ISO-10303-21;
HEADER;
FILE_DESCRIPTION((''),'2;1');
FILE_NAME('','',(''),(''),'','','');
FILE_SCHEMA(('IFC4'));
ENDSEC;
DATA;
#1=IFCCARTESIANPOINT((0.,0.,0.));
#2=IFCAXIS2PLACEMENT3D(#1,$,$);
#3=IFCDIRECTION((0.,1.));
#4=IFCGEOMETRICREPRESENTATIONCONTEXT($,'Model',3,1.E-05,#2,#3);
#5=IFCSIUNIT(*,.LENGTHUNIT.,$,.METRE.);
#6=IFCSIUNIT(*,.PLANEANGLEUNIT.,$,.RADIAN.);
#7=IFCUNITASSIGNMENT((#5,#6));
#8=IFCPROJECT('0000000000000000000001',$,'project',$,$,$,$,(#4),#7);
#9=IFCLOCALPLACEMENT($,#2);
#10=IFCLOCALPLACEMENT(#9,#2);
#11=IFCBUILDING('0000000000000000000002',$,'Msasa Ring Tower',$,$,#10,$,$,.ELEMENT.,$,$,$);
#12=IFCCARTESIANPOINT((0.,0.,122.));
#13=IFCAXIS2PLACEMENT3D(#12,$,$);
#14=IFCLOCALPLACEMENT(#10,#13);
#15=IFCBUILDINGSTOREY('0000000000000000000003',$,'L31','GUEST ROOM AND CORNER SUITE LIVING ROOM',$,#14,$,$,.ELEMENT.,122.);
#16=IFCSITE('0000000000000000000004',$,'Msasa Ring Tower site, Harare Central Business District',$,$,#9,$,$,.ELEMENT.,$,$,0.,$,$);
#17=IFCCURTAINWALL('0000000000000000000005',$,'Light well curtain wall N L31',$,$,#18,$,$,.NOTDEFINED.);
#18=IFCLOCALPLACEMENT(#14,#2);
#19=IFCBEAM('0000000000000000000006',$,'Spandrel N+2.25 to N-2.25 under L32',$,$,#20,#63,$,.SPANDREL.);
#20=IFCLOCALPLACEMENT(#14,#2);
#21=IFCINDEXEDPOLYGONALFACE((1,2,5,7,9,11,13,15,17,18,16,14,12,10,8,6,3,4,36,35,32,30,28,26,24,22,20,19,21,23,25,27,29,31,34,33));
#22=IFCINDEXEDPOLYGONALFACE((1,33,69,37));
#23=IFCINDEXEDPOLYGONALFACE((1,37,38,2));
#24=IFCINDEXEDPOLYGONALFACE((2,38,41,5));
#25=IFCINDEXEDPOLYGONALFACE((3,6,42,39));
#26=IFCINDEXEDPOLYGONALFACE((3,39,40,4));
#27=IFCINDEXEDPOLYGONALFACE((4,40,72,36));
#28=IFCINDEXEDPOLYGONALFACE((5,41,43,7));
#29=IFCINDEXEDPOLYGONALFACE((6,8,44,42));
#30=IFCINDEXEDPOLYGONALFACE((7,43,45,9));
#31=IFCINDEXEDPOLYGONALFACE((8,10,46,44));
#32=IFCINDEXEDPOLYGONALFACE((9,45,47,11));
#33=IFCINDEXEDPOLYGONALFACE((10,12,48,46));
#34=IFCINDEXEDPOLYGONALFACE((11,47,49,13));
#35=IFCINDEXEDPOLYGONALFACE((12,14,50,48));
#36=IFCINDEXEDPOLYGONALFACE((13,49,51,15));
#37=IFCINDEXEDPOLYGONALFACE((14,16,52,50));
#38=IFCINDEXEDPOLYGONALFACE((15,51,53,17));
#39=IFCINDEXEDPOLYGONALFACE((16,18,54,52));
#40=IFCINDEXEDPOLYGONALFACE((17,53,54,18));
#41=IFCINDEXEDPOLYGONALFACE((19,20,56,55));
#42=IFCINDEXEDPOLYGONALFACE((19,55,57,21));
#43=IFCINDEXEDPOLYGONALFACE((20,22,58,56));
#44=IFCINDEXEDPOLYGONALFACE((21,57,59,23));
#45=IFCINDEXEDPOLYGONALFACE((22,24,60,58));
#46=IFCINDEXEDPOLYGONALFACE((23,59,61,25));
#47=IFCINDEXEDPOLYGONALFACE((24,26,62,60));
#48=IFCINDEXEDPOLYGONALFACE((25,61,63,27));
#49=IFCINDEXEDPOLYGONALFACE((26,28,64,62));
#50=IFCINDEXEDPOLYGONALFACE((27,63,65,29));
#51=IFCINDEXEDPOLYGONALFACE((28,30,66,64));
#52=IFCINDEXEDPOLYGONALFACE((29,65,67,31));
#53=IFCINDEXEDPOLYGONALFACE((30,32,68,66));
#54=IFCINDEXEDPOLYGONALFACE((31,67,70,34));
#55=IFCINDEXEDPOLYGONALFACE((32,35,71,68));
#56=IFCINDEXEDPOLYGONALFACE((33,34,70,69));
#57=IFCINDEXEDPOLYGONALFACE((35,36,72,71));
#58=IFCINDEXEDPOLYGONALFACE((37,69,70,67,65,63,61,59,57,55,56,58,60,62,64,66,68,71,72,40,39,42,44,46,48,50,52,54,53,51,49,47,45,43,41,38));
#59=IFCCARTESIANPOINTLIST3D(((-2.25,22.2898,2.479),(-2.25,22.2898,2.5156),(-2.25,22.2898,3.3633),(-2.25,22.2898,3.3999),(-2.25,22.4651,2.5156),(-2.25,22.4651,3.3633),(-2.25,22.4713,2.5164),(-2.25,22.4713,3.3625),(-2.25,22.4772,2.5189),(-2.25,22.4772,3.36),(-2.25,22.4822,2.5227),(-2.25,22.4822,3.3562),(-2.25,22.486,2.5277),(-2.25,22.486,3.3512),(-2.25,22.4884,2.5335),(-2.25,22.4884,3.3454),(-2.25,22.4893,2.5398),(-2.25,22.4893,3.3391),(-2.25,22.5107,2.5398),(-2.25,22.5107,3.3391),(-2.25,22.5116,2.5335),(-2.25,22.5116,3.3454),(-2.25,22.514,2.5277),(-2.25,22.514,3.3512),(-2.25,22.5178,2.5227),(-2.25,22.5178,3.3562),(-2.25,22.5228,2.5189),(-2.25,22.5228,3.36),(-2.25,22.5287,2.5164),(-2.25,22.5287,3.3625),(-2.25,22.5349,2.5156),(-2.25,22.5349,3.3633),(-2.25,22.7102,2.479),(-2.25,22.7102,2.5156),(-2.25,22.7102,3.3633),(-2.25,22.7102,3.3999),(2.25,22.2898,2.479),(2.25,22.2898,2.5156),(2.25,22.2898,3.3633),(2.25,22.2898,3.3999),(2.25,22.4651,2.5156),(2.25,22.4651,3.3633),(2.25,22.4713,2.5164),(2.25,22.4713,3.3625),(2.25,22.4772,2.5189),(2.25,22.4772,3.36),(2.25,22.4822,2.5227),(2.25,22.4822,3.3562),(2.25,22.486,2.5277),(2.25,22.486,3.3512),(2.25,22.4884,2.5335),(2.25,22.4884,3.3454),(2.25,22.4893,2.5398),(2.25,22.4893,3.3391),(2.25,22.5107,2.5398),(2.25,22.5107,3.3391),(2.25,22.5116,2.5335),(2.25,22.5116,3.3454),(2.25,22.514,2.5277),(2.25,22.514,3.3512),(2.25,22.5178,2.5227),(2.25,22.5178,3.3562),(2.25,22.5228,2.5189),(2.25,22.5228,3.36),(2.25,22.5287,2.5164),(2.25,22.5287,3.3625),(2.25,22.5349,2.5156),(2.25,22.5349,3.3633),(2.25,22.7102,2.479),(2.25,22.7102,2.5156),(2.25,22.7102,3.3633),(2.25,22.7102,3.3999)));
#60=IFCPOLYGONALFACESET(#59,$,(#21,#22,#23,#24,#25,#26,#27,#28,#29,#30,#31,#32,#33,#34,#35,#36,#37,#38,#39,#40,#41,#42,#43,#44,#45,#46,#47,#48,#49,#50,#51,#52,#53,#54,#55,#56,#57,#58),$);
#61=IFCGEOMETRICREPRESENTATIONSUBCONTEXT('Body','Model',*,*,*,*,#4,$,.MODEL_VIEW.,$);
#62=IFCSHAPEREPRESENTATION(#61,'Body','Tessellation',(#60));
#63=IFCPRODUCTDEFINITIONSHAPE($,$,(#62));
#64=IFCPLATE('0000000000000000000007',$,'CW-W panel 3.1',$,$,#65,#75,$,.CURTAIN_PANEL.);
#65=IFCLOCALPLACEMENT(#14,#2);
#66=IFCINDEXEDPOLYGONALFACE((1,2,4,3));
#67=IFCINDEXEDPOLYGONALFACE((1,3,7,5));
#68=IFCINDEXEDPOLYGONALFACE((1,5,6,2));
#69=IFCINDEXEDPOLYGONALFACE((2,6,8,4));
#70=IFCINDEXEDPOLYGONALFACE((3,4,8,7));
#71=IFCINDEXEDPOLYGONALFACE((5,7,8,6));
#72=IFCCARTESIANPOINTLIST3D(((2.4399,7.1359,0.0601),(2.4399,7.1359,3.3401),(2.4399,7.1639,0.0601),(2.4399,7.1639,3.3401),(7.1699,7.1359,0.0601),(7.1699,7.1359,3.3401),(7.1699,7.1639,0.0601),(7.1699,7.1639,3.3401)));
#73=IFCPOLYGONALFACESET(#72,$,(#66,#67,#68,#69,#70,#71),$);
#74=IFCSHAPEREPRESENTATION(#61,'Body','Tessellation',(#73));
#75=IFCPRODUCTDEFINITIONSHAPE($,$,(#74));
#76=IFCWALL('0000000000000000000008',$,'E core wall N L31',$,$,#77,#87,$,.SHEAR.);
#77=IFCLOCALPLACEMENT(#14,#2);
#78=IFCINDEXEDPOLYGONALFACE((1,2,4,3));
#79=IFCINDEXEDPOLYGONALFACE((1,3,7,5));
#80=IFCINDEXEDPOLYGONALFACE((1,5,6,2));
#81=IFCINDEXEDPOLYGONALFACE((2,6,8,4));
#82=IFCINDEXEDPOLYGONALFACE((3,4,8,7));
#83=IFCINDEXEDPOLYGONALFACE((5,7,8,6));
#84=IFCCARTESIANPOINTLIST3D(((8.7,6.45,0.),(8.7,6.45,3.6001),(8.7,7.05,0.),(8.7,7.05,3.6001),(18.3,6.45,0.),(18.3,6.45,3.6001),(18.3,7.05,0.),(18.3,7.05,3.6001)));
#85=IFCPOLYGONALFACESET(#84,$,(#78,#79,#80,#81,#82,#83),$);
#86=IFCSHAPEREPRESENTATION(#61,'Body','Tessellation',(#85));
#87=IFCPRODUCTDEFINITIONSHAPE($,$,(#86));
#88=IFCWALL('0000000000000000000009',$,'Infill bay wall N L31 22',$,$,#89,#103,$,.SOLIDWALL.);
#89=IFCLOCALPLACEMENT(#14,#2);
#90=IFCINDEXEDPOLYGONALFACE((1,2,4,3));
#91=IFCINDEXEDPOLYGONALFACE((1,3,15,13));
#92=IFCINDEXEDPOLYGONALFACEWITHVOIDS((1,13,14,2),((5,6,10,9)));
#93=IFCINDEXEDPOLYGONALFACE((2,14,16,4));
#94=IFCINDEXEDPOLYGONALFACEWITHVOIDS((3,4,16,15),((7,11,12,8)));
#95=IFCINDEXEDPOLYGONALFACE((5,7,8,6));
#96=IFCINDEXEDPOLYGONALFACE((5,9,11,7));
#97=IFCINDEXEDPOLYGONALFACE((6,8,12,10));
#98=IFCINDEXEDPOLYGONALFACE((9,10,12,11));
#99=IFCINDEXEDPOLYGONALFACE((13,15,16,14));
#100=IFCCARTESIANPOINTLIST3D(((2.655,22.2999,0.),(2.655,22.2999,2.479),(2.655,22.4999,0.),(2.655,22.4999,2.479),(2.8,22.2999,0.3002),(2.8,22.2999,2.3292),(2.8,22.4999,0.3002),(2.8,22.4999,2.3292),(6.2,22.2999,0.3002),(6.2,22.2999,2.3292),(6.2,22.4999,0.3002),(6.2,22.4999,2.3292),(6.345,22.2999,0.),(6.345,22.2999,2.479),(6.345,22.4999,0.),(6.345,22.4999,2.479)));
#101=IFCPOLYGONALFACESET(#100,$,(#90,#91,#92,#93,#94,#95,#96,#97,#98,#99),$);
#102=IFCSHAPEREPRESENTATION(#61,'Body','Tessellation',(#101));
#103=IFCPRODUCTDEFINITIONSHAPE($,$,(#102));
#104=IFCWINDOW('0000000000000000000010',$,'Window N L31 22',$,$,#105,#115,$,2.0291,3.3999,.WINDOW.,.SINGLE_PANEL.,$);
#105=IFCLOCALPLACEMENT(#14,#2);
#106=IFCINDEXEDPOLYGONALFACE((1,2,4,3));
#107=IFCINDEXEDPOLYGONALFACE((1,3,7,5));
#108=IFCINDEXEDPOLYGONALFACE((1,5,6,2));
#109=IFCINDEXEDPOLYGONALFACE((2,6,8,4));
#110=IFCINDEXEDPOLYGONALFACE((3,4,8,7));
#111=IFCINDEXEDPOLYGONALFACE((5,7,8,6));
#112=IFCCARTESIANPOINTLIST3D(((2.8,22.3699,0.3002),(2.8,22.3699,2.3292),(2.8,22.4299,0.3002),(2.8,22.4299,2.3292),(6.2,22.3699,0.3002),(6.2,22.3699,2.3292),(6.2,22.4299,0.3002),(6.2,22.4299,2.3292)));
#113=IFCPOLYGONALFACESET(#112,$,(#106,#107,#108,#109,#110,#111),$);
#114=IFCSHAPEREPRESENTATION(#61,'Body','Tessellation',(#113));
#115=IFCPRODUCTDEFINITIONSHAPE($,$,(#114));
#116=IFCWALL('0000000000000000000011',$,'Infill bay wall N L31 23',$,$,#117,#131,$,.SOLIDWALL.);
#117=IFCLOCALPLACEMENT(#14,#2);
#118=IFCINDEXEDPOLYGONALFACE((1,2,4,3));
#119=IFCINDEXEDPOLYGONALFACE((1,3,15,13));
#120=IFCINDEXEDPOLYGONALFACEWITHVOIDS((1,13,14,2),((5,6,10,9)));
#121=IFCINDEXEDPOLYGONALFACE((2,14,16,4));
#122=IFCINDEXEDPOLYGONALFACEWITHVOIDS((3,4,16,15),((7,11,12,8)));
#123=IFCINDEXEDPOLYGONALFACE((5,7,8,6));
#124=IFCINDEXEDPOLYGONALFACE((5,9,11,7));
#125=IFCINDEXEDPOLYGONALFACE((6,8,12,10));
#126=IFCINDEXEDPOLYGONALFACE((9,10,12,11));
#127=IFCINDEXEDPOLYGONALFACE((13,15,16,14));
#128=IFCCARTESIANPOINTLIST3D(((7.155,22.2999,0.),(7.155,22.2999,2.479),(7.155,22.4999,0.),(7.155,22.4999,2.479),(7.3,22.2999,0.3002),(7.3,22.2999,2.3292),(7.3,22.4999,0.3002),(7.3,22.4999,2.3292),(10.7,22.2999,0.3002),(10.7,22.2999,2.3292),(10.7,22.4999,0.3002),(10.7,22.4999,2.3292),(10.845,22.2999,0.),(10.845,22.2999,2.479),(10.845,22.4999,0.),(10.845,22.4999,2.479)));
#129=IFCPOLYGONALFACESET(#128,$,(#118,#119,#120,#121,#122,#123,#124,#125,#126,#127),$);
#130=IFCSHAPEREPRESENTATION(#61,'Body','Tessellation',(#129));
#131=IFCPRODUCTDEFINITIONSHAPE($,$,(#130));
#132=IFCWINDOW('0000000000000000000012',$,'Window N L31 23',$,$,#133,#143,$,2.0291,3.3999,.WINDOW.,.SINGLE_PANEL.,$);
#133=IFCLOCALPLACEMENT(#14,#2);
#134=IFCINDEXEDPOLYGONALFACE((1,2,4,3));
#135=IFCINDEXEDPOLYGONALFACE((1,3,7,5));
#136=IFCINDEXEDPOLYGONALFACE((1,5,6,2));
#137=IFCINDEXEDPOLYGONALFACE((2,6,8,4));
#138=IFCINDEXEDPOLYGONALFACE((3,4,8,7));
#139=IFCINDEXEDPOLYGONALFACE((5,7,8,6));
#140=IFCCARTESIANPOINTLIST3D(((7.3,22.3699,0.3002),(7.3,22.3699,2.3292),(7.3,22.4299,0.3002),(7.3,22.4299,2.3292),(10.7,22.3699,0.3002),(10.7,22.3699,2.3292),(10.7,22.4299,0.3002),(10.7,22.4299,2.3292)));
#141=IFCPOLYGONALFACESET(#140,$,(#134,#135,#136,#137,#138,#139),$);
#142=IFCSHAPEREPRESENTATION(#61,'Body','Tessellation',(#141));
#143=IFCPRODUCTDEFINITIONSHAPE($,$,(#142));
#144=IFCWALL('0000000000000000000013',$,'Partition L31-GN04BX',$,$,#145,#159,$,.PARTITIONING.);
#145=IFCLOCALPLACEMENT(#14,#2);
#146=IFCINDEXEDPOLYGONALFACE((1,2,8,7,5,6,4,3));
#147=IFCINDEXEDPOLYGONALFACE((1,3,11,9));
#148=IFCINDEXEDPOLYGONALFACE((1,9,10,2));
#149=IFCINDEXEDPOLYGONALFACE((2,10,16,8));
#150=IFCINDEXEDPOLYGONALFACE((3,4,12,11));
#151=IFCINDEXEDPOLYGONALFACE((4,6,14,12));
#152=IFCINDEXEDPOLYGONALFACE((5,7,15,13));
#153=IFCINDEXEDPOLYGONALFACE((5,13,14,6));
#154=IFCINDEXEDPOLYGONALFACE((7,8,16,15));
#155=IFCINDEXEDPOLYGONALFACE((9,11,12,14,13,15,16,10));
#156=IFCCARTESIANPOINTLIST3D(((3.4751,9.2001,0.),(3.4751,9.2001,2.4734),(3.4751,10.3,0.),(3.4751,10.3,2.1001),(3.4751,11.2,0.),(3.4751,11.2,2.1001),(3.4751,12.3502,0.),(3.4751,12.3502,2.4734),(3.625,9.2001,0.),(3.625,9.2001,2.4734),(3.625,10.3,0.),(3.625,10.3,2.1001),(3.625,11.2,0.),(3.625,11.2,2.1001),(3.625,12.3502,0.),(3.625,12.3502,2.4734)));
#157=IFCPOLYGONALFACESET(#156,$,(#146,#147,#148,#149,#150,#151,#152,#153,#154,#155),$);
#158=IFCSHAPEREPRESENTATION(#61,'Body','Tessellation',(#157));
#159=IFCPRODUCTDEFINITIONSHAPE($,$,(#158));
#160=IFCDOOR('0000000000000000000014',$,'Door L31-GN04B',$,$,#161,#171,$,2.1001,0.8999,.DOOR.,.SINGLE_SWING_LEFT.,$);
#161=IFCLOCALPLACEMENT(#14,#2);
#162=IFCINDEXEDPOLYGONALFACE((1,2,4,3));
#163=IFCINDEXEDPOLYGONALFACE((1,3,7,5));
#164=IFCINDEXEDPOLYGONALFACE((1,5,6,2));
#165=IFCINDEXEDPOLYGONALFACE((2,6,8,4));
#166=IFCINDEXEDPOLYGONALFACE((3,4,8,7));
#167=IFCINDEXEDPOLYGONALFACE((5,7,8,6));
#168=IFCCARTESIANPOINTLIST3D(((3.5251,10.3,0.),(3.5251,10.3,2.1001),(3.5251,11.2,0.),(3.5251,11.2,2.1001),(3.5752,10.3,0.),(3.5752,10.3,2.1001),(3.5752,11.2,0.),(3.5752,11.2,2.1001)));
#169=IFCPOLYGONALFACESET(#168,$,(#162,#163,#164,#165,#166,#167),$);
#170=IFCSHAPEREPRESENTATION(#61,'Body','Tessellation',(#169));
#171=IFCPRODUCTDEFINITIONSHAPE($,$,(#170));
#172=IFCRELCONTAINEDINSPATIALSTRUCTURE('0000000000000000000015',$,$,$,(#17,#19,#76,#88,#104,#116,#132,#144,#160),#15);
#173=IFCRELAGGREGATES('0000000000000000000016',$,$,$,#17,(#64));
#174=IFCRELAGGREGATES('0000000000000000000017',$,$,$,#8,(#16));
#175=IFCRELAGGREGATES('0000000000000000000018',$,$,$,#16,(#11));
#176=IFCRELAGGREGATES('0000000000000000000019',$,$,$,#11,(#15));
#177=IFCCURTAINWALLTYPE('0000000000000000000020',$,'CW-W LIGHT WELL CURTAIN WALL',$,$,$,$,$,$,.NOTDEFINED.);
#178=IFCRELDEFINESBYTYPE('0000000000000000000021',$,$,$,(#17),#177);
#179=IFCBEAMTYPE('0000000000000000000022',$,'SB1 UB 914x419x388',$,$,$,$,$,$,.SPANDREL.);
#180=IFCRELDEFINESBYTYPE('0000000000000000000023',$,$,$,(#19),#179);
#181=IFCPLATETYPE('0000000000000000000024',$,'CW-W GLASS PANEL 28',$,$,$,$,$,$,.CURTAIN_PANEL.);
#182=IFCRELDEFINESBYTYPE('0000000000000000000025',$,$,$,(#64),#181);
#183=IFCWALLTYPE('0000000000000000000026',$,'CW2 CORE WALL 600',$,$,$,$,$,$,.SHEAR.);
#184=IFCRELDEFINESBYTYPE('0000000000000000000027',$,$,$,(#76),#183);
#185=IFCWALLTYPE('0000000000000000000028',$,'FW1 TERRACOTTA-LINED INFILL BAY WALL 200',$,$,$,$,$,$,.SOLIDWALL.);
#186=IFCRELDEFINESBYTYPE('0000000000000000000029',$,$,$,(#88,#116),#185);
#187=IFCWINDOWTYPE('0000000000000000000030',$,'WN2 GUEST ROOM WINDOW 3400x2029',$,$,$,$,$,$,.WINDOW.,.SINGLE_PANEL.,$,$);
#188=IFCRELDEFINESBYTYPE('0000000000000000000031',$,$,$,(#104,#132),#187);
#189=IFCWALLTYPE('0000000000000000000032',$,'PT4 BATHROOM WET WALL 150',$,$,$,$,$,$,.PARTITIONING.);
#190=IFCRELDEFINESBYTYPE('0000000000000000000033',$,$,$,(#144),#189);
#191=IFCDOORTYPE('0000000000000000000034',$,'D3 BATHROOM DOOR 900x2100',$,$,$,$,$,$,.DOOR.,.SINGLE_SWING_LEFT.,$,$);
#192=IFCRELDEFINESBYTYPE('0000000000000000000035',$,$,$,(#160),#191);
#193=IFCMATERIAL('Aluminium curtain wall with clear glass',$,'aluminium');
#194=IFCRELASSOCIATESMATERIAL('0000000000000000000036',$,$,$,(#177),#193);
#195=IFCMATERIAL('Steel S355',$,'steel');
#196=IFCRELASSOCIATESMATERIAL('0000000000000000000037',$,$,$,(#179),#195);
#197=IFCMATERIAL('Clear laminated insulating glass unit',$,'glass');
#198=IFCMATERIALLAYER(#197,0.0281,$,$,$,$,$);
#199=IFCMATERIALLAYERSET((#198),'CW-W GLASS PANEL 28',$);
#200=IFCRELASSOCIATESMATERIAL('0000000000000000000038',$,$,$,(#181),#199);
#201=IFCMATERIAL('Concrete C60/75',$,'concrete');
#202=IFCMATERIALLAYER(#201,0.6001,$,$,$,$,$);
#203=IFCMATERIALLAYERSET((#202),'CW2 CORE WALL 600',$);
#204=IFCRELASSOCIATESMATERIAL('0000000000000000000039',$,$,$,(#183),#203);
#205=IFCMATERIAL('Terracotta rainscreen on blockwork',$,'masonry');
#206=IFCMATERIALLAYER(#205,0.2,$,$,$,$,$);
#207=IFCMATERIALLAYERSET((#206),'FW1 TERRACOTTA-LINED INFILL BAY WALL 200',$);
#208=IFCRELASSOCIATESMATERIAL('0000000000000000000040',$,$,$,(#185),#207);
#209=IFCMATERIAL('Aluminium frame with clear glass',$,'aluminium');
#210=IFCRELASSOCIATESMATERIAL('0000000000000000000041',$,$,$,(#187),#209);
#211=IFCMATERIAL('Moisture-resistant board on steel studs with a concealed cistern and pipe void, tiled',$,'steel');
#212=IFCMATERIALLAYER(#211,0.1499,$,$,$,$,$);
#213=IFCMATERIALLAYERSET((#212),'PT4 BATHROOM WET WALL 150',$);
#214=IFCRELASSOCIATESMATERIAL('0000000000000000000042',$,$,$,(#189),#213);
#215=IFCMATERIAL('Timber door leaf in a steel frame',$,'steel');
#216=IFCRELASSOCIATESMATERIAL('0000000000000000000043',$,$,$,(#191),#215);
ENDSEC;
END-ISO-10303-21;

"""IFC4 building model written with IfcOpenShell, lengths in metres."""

from ifc_helpers import new_model, si_unit, direction, frame, frame_2d, origin, origin_2d, place, context, subcontext, project, spatial, rectangle, i_section, extrude, material, layer, layer_set, material_profile, profile_set, type_object, element, fill, aggregate, save


model = new_model("IFC4")

# Units and contexts
model_context = context("Model", 3, precision=1e-05, world=origin(), true_north=direction((0.0, 1.0)))
body_context = subcontext(model_context, "Body", "Model", "MODEL_VIEW")
ifc_project = project(units=[si_unit("LENGTHUNIT", "METRE"), si_unit("PLANEANGLEUNIT", "RADIAN")], contexts=[model_context])

# Site, building, storey
site_placement = place(None, origin())
site = spatial("IfcSite", under=ifc_project, at=site_placement, Name="Msasa Ring Tower site, Harare Central Business District", CompositionType="ELEMENT", RefElevation=0.0)
building_placement = place(site_placement, origin())
building = spatial("IfcBuilding", under=site, at=building_placement, Name="Msasa Ring Tower", CompositionType="ELEMENT")
storey_placement = place(building_placement, frame((0.0, 0.0, 122.0)))
storey = spatial("IfcBuildingStorey", under=building, at=storey_placement, Name="L31", Description="GUEST ROOM AND CORNER SUITE LIVING ROOM", CompositionType="ELEMENT", Elevation=122.0)

# Curtain wall
ifc_material_1 = material(Name="Aluminium curtain wall with clear glass", Category="aluminium")
curtain_wall_type = type_object("IfcCurtainWallType", Name="CW-W LIGHT WELL CURTAIN WALL", PredefinedType="NOTDEFINED", material=ifc_material_1)
curtain_wall_1_placement = place(storey_placement, origin())
curtain_wall_1 = element("IfcCurtainWall", 1, at=curtain_wall_1_placement, inside=storey, type_object=curtain_wall_type, Name="Light well curtain wall N L31", PredefinedType="NOTDEFINED")

# Beam
ifc_material_2 = material(Name="Steel S355", Category="steel")
ifc_material_profile_1 = material_profile(ifc_material_2, i_section(OverallWidth=0.4204, OverallDepth=0.9209, WebThickness=0.0215, FlangeThickness=0.0366, FilletRadius=0.0242, at=origin_2d()), Name="UB 914x419x388")
ifc_profile_set_1 = profile_set([ifc_material_profile_1], Name="Steel S355")
beam_type_1 = type_object("IfcBeamType", Name="SB1 UB 914x419x388", PredefinedType="SPANDREL", material=ifc_profile_set_1)
for number, where, z_axis, x_axis, name in (
    (2, (2.25, 22.5, 2.9395), (-1.0, 0.0, 0.0), (0.0, -1.0, 0.0), "Spandrel N+2.25 to N-2.25 under L32"),
):
    element("IfcBeam", number, at=place(storey_placement, frame(where, z_axis=z_axis, x_axis=x_axis)), inside=storey, type_object=beam_type_1, Name=name, PredefinedType="SPANDREL", context=body_context, shape_type="SweptSolid", body=[
        extrude(i_section(OverallWidth=0.4204, OverallDepth=0.9209, WebThickness=0.0215, FlangeThickness=0.0366, FilletRadius=0.0242, at=origin_2d()), origin(), (0.0, 0.0, 1.0), 4.5),
    ])

# Plate
ifc_material_3 = material(Name="Clear laminated insulating glass unit", Category="glass")
ifc_layer_1 = layer(ifc_material_3, 0.0281)
ifc_layer_set_1 = layer_set([ifc_layer_1], Name="CW-W GLASS PANEL 28")
plate_type = type_object("IfcPlateType", Name="CW-W GLASS PANEL 28", PredefinedType="CURTAIN_PANEL", material=ifc_layer_set_1)
plate_placement = place(storey_placement, frame((4.8049, 7.1499, 0.0601), z_axis=(0.0, 0.0, 1.0), x_axis=(1.0, 0.0, 0.0)))
plate = element("IfcPlate", 3, at=plate_placement, type_object=plate_type, Name="CW-W panel 3.1", PredefinedType="CURTAIN_PANEL", context=body_context, shape_type="SweptSolid", body=[
    extrude(rectangle(XDim=4.73, YDim=0.0281, at=origin_2d()), origin(), (0.0, 0.0, 1.0), 3.28),
])
aggregate(curtain_wall_1, [plate])

# Wall
ifc_material_4 = material(Name="Concrete C60/75", Category="concrete")
ifc_layer_2 = layer(ifc_material_4, 0.6001)
ifc_layer_set_2 = layer_set([ifc_layer_2], Name="CW2 CORE WALL 600")
wall_type_1 = type_object("IfcWallType", Name="CW2 CORE WALL 600", PredefinedType="SHEAR", material=ifc_layer_set_2)
wall_1_placement = place(storey_placement, frame((8.7, 6.75, 0.0), z_axis=(0.0, 0.0, 1.0), x_axis=(1.0, 0.0, 0.0)))
element("IfcWall", 4, at=wall_1_placement, inside=storey, type_object=wall_type_1, Name="E core wall N L31", PredefinedType="SHEAR", context=body_context, shape_type="SweptSolid", body=[
    extrude(rectangle(XDim=9.6001, YDim=0.6001, at=frame_2d((4.8, 0.0))), origin(), (0.0, 0.0, 1.0), 3.6001),
])

# Walls, openings, windows
ifc_material_5 = material(Name="Terracotta rainscreen on blockwork", Category="masonry")
ifc_layer_3 = layer(ifc_material_5, 0.2)
ifc_layer_set_3 = layer_set([ifc_layer_3], Name="FW1 TERRACOTTA-LINED INFILL BAY WALL 200")
wall_type_2 = type_object("IfcWallType", Name="FW1 TERRACOTTA-LINED INFILL BAY WALL 200", PredefinedType="SOLIDWALL", material=ifc_layer_set_3)
wall_2_placement = place(storey_placement, frame((2.655, 22.3999, 0.0), z_axis=(0.0, 0.0, 1.0), x_axis=(1.0, 0.0, 0.0)))
wall_2 = element("IfcWall", 5, at=wall_2_placement, inside=storey, type_object=wall_type_2, Name="Infill bay wall N L31 22", PredefinedType="SOLIDWALL", context=body_context, shape_type="SweptSolid", body=[
    extrude(rectangle(XDim=3.6899, YDim=0.2, at=frame_2d((1.845, 0.0))), origin(), (0.0, 0.0, 1.0), 2.479),
])
opening_1_placement = place(wall_2_placement, frame((0.145, 0.0, 0.3)))
opening_1 = element("IfcOpeningElement", 6, at=opening_1_placement, cuts=wall_2, PredefinedType="OPENING", context=body_context, shape_type="SweptSolid", body=[
    extrude(rectangle(XDim=3.3999, YDim=2.0291, at=frame_2d((1.7, 1.0146))), frame((0.0, 0.1099, 0.0), z_axis=(0.0, -1.0, 0.0), x_axis=(1.0, 0.0, 0.0)), (0.0, 0.0, 1.0), 0.22),
])
ifc_material_6 = material(Name="Aluminium frame with clear glass", Category="aluminium")
window_type = type_object("IfcWindowType", Name="WN2 GUEST ROOM WINDOW 3400x2029", PartitioningType="SINGLE_PANEL", PredefinedType="WINDOW", material=ifc_material_6)
window_1_placement = place(opening_1_placement, origin())
window_1 = element("IfcWindow", 7, at=window_1_placement, inside=storey, type_object=window_type, Name="Window N L31 22", OverallHeight=2.0291, OverallWidth=3.3999, PartitioningType="SINGLE_PANEL", PredefinedType="WINDOW", context=body_context, shape_type="SweptSolid", body=[
    extrude(rectangle(XDim=3.3999, YDim=2.0291, at=frame_2d((1.7, 1.0146))), frame((0.0, 0.03, 0.0), z_axis=(0.0, -1.0, 0.0), x_axis=(1.0, 0.0, 0.0)), (0.0, 0.0, 1.0), 0.0601),
])
fill(opening_1, window_1)
wall_3_placement = place(storey_placement, frame((7.155, 22.3999, 0.0), z_axis=(0.0, 0.0, 1.0), x_axis=(1.0, 0.0, 0.0)))
wall_3 = element("IfcWall", 8, at=wall_3_placement, inside=storey, type_object=wall_type_2, Name="Infill bay wall N L31 23", PredefinedType="SOLIDWALL", context=body_context, shape_type="SweptSolid", body=[
    extrude(rectangle(XDim=3.6899, YDim=0.2, at=frame_2d((1.845, 0.0))), origin(), (0.0, 0.0, 1.0), 2.479),
])
opening_2_placement = place(wall_3_placement, frame((0.145, 0.0, 0.3)))
opening_2 = element("IfcOpeningElement", 9, at=opening_2_placement, cuts=wall_3, PredefinedType="OPENING", context=body_context, shape_type="SweptSolid", body=[
    extrude(rectangle(XDim=3.3999, YDim=2.0291, at=frame_2d((1.7, 1.0146))), frame((0.0, 0.1099, 0.0), z_axis=(0.0, -1.0, 0.0), x_axis=(1.0, 0.0, 0.0)), (0.0, 0.0, 1.0), 0.22),
])
window_2_placement = place(opening_2_placement, origin())
window_2 = element("IfcWindow", 10, at=window_2_placement, inside=storey, type_object=window_type, Name="Window N L31 23", OverallHeight=2.0291, OverallWidth=3.3999, PartitioningType="SINGLE_PANEL", PredefinedType="WINDOW", context=body_context, shape_type="SweptSolid", body=[
    extrude(rectangle(XDim=3.3999, YDim=2.0291, at=frame_2d((1.7, 1.0146))), frame((0.0, 0.03, 0.0), z_axis=(0.0, -1.0, 0.0), x_axis=(1.0, 0.0, 0.0)), (0.0, 0.0, 1.0), 0.0601),
])
fill(opening_2, window_2)

# Wall, opening, door
ifc_material_7 = material(Name="Moisture-resistant board on steel studs with a concealed cistern and pipe void, tiled", Category="steel")
ifc_layer_4 = layer(ifc_material_7, 0.1499)
ifc_layer_set_4 = layer_set([ifc_layer_4], Name="PT4 BATHROOM WET WALL 150")
wall_type_3 = type_object("IfcWallType", Name="PT4 BATHROOM WET WALL 150", PredefinedType="PARTITIONING", material=ifc_layer_set_4)
wall_4_placement = place(storey_placement, frame((3.55, 9.2, 0.0), z_axis=(0.0, 0.0, 1.0), x_axis=(0.0, 1.0, 0.0)))
wall_4 = element("IfcWall", 11, at=wall_4_placement, inside=storey, type_object=wall_type_3, Name="Partition L31-GN04BX", PredefinedType="PARTITIONING", context=body_context, shape_type="SweptSolid", body=[
    extrude(rectangle(XDim=3.1501, YDim=0.1499, at=frame_2d((1.5752, 0.0))), origin(), (0.0, 0.0, 1.0), 2.4734),
])
opening_3_placement = place(wall_4_placement, frame((1.1001, 0.0, 0.0)))
opening_3 = element("IfcOpeningElement", 12, at=opening_3_placement, cuts=wall_4, PredefinedType="OPENING", context=body_context, shape_type="SweptSolid", body=[
    extrude(rectangle(XDim=0.8999, YDim=2.1001, at=frame_2d((0.45, 1.05))), frame((0.0, 0.085, 0.0), z_axis=(0.0, -1.0, 0.0), x_axis=(1.0, 0.0, 0.0)), (0.0, 0.0, 1.0), 0.1699),
])
ifc_material_8 = material(Name="Timber door leaf in a steel frame", Category="steel")
door_type = type_object("IfcDoorType", Name="D3 BATHROOM DOOR 900x2100", OperationType="SINGLE_SWING_LEFT", PredefinedType="DOOR", material=ifc_material_8)
door_1_placement = place(opening_3_placement, origin())
door_1 = element("IfcDoor", 13, at=door_1_placement, inside=storey, type_object=door_type, Name="Door L31-GN04B", OperationType="SINGLE_SWING_LEFT", OverallHeight=2.1001, OverallWidth=0.8999, PredefinedType="DOOR", context=body_context, shape_type="SweptSolid", body=[
    extrude(rectangle(XDim=0.8999, YDim=2.1001, at=frame_2d((0.45, 1.05))), frame((0.0, 0.0249, 0.0), z_axis=(0.0, -1.0, 0.0), x_axis=(1.0, 0.0, 0.0)), (0.0, 0.0, 1.0), 0.05),
])
fill(opening_3, door_1)

save(model, "model.ifc")
